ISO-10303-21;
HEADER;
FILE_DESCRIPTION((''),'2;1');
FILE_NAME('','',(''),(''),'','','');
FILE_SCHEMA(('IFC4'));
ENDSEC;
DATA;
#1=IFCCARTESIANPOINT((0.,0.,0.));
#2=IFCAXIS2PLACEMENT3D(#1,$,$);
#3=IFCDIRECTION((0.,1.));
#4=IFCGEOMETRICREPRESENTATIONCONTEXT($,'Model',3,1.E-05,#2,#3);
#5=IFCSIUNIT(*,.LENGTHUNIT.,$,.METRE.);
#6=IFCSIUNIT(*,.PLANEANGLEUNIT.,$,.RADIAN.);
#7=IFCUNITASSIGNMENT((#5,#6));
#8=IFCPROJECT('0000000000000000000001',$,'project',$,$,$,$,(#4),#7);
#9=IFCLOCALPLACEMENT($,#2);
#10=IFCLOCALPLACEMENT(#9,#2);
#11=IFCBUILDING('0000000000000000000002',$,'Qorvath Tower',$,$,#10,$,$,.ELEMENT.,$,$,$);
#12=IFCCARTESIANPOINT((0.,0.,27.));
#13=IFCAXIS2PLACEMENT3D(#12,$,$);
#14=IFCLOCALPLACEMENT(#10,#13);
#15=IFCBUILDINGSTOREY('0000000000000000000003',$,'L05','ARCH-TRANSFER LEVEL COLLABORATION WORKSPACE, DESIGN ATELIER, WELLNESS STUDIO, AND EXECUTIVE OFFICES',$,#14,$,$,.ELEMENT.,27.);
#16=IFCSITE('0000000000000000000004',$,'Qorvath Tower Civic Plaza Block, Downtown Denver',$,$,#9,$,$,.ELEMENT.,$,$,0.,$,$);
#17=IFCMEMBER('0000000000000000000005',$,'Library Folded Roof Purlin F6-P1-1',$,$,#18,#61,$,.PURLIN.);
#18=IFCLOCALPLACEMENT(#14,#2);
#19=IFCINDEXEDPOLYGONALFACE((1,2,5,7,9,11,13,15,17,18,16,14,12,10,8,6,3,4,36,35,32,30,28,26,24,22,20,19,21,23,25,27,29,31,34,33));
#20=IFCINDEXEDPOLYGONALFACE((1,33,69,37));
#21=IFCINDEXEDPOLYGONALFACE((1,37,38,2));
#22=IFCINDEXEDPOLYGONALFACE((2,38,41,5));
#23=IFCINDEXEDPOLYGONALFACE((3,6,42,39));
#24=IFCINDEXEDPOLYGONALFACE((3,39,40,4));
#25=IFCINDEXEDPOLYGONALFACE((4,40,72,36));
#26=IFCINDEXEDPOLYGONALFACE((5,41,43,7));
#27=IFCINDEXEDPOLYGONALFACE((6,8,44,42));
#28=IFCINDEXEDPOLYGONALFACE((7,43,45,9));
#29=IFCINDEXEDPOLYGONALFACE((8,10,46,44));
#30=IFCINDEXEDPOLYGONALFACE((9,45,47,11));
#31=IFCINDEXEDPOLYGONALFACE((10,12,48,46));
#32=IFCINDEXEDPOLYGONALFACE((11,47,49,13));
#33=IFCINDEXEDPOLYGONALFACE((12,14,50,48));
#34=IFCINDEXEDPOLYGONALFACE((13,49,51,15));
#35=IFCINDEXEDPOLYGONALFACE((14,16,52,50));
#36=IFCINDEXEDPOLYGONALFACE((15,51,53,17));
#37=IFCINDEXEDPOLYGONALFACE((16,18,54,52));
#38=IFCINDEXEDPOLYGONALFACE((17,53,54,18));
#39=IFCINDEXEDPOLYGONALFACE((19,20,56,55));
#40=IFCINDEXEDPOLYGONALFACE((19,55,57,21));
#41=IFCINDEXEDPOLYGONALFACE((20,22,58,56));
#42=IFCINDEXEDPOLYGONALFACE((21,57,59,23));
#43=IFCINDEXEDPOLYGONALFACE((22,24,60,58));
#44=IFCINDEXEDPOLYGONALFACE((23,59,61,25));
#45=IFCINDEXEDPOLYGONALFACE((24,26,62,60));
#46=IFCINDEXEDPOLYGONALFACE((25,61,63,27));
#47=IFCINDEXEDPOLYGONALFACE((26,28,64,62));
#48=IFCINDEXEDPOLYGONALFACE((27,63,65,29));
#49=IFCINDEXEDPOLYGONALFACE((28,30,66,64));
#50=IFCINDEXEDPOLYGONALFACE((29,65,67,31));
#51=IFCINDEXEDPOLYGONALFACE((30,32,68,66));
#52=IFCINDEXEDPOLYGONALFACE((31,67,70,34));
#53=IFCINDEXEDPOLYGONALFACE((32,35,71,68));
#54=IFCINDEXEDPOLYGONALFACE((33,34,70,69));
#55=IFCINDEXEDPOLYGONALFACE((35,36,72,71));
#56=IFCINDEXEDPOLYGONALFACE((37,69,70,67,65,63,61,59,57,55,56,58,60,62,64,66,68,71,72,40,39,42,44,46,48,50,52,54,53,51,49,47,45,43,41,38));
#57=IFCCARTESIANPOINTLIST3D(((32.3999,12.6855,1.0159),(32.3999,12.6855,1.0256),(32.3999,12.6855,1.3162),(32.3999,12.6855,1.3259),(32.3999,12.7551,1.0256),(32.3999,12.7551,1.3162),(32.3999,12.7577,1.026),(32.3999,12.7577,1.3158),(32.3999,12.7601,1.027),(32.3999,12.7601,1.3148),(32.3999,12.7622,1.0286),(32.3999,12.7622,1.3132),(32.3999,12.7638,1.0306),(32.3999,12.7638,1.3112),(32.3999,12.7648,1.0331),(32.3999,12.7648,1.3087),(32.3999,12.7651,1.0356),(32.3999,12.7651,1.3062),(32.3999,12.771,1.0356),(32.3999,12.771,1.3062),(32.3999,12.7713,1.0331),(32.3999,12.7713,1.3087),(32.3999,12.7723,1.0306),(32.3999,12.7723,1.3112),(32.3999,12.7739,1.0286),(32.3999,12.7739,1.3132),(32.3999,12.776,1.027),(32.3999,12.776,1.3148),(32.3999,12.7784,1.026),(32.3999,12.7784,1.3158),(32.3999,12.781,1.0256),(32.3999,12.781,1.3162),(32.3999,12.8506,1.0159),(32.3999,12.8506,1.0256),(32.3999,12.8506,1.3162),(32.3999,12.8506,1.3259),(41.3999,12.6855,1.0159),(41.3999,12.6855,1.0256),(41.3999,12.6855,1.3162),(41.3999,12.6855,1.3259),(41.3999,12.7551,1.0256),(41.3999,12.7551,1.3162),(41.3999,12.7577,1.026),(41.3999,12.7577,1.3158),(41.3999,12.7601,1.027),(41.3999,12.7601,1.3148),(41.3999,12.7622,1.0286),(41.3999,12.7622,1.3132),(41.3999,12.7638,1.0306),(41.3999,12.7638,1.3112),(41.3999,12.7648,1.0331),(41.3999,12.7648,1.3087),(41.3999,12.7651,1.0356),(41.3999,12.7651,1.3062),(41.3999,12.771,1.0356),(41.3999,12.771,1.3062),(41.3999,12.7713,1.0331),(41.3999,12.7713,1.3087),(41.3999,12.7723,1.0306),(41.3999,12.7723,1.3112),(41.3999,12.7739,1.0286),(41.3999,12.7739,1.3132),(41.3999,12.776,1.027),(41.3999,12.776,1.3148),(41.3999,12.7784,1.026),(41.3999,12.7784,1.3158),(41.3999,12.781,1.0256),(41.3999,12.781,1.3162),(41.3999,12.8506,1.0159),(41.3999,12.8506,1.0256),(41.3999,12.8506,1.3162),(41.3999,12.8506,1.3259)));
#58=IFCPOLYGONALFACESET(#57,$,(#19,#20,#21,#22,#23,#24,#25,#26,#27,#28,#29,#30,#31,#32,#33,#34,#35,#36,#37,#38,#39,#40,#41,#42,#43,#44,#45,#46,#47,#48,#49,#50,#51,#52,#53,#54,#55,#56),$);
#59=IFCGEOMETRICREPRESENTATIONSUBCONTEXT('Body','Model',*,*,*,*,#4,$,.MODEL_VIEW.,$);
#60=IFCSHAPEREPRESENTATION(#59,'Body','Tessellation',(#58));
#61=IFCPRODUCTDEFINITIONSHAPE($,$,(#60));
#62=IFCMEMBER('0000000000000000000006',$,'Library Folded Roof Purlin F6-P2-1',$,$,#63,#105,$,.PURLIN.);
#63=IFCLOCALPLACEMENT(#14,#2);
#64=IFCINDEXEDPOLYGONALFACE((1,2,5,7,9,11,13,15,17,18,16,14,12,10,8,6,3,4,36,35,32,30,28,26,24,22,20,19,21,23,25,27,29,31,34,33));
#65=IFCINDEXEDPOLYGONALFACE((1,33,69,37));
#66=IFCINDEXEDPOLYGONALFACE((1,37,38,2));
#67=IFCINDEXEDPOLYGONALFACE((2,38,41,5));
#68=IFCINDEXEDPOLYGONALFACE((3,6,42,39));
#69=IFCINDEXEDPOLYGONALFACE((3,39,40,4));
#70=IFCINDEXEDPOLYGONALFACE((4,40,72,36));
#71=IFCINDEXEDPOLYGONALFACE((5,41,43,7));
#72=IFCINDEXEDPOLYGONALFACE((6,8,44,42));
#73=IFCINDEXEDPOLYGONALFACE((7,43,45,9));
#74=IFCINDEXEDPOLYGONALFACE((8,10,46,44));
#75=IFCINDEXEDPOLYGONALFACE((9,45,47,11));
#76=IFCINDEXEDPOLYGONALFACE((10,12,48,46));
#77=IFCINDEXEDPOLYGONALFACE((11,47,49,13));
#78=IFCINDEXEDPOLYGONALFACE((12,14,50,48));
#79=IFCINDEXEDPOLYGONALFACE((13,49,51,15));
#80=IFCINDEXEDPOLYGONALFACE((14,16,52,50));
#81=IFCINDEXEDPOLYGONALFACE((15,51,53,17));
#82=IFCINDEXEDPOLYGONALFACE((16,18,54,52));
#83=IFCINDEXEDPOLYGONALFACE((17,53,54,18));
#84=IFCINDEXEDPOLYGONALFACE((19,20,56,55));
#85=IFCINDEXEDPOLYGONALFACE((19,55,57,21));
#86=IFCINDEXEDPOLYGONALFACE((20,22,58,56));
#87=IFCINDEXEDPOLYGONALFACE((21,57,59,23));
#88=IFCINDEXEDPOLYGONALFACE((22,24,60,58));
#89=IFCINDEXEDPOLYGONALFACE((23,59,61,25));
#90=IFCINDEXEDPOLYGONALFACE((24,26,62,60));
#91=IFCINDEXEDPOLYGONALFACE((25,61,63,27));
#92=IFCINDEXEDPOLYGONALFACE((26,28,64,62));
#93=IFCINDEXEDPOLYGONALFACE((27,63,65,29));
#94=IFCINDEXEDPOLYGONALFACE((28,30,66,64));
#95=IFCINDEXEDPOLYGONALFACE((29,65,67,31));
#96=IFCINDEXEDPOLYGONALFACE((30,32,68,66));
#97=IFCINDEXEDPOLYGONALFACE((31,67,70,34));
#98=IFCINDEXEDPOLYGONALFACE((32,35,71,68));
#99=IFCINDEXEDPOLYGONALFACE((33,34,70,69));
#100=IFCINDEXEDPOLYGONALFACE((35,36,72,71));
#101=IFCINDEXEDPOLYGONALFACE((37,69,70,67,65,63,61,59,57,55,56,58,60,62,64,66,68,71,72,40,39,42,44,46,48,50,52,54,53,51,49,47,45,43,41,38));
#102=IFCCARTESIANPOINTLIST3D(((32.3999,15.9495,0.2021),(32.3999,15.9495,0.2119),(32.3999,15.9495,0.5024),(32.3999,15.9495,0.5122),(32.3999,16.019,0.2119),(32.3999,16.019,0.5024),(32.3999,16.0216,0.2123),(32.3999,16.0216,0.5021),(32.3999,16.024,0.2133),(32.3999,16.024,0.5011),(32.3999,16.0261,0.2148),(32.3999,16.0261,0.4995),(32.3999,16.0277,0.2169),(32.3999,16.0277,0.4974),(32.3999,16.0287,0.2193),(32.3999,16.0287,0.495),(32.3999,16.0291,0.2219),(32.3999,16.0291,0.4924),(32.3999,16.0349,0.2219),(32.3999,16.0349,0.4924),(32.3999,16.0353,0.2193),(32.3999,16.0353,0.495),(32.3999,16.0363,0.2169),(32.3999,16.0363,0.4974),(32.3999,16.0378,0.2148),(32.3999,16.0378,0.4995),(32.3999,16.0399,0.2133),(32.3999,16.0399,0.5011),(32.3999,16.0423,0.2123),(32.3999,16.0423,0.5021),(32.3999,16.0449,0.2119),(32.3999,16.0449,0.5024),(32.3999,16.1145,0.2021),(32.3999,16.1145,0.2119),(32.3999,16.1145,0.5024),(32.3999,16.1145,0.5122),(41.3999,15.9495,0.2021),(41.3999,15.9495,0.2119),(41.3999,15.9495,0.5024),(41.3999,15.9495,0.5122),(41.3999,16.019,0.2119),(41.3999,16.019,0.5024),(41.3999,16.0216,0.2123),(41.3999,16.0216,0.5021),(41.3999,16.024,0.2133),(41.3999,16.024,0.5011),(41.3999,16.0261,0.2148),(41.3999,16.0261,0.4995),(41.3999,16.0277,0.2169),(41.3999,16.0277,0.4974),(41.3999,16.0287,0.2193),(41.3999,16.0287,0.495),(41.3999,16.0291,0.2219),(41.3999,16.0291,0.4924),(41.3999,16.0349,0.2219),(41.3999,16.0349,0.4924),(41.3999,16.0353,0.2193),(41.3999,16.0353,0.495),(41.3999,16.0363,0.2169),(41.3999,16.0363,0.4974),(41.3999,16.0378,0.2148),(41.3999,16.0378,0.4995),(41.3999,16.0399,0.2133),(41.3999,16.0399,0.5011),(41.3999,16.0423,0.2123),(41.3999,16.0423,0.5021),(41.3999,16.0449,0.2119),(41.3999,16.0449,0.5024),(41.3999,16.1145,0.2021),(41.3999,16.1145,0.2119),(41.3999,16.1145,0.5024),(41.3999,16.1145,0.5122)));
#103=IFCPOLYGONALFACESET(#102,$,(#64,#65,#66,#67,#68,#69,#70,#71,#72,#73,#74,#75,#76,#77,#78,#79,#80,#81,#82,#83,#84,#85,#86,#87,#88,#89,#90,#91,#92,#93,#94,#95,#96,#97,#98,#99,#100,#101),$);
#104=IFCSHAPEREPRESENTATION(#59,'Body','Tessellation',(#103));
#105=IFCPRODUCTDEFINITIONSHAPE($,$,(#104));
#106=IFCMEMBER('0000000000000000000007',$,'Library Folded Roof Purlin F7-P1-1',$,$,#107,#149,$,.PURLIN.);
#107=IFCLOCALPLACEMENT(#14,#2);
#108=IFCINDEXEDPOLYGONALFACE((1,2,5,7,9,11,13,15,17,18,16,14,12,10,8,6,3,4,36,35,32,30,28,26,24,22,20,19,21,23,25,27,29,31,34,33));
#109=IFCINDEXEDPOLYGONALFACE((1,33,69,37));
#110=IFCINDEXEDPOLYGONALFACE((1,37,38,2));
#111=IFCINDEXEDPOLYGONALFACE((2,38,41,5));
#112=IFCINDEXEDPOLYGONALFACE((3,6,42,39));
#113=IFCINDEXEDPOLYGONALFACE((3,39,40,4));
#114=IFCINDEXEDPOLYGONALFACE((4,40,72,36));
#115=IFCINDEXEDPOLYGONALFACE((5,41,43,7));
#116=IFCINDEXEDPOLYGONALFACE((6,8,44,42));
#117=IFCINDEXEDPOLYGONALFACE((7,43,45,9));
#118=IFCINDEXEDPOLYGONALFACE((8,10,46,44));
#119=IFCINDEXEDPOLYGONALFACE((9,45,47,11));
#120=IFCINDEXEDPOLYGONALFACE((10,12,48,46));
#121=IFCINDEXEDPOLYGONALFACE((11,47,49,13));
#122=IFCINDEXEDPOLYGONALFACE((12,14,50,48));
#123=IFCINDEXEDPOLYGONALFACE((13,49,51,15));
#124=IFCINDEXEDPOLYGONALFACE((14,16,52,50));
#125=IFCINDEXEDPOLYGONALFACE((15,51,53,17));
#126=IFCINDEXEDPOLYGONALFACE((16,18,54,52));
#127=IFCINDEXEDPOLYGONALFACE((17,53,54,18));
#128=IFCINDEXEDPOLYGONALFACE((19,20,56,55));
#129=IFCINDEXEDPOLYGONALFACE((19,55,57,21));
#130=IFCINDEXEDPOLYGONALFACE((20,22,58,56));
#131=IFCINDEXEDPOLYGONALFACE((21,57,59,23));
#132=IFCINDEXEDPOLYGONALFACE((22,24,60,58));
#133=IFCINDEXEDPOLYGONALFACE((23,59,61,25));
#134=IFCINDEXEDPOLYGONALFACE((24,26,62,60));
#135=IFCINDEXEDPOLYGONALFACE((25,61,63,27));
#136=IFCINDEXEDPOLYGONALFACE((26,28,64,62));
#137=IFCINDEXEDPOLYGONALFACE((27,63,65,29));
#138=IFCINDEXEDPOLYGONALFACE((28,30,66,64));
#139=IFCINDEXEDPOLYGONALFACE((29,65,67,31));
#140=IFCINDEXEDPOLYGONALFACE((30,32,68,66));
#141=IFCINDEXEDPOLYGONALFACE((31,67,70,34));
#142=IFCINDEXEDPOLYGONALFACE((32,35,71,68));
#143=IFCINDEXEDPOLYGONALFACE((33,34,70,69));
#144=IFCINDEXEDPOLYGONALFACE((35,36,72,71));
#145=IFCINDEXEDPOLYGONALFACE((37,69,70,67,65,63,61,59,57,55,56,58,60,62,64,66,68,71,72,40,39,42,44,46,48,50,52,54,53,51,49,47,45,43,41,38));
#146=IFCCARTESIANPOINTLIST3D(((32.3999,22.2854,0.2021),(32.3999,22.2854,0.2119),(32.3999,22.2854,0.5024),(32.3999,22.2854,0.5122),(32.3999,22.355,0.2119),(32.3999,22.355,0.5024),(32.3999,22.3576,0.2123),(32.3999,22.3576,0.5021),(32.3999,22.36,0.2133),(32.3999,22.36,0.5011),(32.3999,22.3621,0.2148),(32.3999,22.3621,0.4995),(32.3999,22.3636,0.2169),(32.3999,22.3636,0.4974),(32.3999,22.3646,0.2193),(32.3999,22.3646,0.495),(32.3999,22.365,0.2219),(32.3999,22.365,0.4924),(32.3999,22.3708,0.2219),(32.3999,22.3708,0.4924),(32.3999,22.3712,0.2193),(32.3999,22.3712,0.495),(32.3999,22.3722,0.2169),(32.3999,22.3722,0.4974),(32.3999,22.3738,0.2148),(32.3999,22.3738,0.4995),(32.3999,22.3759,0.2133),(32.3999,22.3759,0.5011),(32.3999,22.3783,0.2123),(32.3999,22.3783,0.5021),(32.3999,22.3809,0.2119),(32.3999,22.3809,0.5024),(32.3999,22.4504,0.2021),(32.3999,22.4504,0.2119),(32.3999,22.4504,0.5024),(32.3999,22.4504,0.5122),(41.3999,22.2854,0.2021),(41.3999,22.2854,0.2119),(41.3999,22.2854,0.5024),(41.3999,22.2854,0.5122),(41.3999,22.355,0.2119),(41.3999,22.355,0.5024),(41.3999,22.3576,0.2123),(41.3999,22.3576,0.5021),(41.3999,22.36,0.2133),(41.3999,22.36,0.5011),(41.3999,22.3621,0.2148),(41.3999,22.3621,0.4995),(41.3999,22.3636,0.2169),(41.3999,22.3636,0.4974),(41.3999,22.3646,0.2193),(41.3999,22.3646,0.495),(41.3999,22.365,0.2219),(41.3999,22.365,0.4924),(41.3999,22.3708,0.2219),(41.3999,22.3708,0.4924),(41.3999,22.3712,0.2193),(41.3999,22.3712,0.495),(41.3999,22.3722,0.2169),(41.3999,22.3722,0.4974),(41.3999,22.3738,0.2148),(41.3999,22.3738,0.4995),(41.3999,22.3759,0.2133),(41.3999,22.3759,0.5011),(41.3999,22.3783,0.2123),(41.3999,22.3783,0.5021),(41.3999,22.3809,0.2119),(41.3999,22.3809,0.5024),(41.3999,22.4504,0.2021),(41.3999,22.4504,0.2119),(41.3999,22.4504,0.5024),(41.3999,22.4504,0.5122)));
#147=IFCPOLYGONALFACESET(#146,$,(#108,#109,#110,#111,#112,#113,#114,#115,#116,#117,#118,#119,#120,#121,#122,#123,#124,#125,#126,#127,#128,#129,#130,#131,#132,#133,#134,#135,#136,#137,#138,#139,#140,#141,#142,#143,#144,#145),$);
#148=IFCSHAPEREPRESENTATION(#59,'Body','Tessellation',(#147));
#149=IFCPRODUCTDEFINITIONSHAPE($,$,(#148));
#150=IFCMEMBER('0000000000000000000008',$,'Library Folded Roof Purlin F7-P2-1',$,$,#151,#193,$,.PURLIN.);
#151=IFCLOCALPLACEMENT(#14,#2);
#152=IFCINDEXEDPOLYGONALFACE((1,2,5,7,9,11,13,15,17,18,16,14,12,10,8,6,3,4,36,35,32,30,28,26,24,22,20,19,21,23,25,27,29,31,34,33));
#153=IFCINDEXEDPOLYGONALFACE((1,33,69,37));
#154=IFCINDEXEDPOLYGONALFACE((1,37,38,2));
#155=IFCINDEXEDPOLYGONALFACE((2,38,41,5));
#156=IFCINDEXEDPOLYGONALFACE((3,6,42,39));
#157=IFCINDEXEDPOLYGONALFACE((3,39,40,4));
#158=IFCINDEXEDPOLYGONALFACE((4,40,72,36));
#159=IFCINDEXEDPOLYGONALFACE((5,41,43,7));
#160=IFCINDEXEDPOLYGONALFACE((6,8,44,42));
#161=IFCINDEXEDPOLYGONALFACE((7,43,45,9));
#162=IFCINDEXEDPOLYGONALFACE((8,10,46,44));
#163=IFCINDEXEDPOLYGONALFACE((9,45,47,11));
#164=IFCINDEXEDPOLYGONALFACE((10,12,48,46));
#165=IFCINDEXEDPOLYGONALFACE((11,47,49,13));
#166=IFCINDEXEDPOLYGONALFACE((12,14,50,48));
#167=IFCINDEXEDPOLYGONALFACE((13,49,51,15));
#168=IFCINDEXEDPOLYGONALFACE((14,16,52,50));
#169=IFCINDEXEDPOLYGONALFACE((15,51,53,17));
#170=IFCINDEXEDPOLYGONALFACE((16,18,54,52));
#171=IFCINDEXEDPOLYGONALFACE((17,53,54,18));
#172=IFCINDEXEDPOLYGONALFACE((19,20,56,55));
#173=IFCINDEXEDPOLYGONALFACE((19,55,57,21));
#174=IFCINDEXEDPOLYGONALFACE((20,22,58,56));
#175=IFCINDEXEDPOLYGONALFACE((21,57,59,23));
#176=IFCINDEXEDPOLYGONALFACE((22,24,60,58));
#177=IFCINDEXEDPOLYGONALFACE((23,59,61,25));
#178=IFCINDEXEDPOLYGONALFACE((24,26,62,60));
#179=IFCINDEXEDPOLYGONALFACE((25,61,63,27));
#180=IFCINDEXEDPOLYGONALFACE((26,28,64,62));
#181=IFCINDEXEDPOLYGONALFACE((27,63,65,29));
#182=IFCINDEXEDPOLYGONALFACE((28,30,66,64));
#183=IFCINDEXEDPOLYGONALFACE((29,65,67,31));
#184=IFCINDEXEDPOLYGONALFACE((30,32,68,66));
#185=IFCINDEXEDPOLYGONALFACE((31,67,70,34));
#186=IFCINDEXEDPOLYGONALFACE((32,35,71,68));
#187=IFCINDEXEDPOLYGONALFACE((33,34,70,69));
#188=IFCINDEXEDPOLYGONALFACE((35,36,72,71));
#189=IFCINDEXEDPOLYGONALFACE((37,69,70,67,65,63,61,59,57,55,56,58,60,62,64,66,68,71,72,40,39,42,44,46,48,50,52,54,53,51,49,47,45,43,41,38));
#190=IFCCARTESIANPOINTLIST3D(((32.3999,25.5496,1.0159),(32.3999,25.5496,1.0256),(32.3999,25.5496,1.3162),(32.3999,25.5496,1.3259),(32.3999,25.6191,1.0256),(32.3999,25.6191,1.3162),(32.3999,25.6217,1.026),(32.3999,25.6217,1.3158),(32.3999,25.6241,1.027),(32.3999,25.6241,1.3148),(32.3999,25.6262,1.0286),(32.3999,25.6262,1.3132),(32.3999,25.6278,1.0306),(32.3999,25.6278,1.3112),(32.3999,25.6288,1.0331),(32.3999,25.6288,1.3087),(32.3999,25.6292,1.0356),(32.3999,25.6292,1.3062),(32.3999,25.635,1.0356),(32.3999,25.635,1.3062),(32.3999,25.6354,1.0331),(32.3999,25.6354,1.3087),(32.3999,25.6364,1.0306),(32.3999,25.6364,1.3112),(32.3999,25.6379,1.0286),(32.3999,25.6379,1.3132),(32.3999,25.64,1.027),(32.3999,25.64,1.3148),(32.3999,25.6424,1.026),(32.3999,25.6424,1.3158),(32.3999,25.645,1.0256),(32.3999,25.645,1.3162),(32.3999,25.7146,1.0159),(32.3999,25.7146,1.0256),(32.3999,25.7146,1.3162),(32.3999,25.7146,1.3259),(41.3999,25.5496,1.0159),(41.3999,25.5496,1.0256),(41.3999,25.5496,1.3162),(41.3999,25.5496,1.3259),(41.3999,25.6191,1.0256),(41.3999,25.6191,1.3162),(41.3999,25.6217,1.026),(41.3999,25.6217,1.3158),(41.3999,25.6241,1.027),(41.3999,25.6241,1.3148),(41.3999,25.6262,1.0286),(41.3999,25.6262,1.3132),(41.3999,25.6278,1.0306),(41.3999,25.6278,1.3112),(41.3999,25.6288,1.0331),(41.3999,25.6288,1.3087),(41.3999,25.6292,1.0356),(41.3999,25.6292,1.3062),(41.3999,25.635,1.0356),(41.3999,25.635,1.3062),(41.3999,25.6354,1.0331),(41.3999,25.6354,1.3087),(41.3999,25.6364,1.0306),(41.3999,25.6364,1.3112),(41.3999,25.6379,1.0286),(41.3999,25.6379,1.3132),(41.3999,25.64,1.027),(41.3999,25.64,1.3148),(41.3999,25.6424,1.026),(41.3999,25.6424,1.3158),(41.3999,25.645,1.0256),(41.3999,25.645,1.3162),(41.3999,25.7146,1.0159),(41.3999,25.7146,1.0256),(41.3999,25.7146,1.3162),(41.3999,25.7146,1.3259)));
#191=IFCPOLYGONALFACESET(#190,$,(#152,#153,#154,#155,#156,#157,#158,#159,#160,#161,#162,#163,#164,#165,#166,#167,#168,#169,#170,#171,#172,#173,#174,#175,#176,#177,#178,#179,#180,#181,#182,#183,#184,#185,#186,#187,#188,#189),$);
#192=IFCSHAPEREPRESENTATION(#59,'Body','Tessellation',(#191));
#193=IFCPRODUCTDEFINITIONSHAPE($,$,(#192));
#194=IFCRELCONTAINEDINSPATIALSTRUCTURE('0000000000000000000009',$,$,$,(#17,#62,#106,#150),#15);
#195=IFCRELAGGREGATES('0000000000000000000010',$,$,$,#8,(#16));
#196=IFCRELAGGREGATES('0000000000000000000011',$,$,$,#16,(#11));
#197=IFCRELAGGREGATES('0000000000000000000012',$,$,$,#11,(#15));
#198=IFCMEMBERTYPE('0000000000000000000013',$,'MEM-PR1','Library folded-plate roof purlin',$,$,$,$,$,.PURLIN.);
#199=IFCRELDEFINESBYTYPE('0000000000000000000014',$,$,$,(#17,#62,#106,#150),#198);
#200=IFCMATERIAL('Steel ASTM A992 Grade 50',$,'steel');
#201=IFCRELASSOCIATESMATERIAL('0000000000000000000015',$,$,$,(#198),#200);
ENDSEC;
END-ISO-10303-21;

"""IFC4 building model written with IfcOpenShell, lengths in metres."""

from ifc_helpers import new_model, si_unit, direction, frame, origin, origin_2d, place, context, subcontext, project, spatial, i_section, extrude, material, material_profile, profile_set, type_object, element, save


model = new_model("IFC4")

# Units and contexts
model_context = context("Model", 3, precision=1e-05, world=origin(), true_north=direction((0.0, 1.0)))
body_context = subcontext(model_context, "Body", "Model", "MODEL_VIEW")
ifc_project = project(units=[si_unit("LENGTHUNIT", "METRE"), si_unit("PLANEANGLEUNIT", "RADIAN")], contexts=[model_context])

# Site, building, storey
site_placement = place(None, origin())
site = spatial("IfcSite", under=ifc_project, at=site_placement, Name="Qorvath Tower Civic Plaza Block, Downtown Denver", CompositionType="ELEMENT", RefElevation=0.0)
building_placement = place(site_placement, origin())
building = spatial("IfcBuilding", under=site, at=building_placement, Name="Qorvath Tower", CompositionType="ELEMENT")
storey_placement = place(building_placement, frame((0.0, 0.0, 27.0)))
storey = spatial("IfcBuildingStorey", under=building, at=storey_placement, Name="L05", Description="ARCH-TRANSFER LEVEL COLLABORATION WORKSPACE, DESIGN ATELIER, WELLNESS STUDIO, AND EXECUTIVE OFFICES", CompositionType="ELEMENT", Elevation=27.0)

# Members
ifc_material_1 = material(Name="Steel ASTM A992 Grade 50", Category="steel")
ifc_material_profile_1 = material_profile(ifc_material_1, i_section(OverallWidth=0.165, OverallDepth=0.3101, WebThickness=0.0059, FlangeThickness=0.0098, FilletRadius=0.01, at=origin_2d()), Name="W12x26")
ifc_profile_set_1 = profile_set([ifc_material_profile_1], Name="Steel ASTM A992 Grade 50")
member_type_1 = type_object("IfcMemberType", Name="MEM-PR1", Description="Library folded-plate roof purlin", PredefinedType="PURLIN", material=ifc_profile_set_1)
for number, where, z_axis, x_axis, name in (
    (1, (32.3999, 12.7681, 1.1709), (1.0, 0.0, 0.0), (0.0, 1.0, 0.0), "Library Folded Roof Purlin F6-P1-1"),
    (2, (32.3999, 16.032, 0.3572), (1.0, 0.0, 0.0), (0.0, 1.0, 0.0), "Library Folded Roof Purlin F6-P2-1"),
    (3, (32.3999, 22.3679, 0.3572), (1.0, 0.0, 0.0), (0.0, 1.0, 0.0), "Library Folded Roof Purlin F7-P1-1"),
    (4, (32.3999, 25.6321, 1.1709), (1.0, 0.0, 0.0), (0.0, 1.0, 0.0), "Library Folded Roof Purlin F7-P2-1"),
):
    element("IfcMember", number, at=place(storey_placement, frame(where, z_axis=z_axis, x_axis=x_axis)), inside=storey, type_object=member_type_1, Name=name, PredefinedType="PURLIN", context=body_context, shape_type="SweptSolid", body=[
        extrude(i_section(OverallWidth=0.165, OverallDepth=0.3101, WebThickness=0.0059, FlangeThickness=0.0098, FilletRadius=0.01, at=origin_2d()), origin(), (0.0, 0.0, 1.0), 9.0),
    ])

save(model, "model.ifc")
